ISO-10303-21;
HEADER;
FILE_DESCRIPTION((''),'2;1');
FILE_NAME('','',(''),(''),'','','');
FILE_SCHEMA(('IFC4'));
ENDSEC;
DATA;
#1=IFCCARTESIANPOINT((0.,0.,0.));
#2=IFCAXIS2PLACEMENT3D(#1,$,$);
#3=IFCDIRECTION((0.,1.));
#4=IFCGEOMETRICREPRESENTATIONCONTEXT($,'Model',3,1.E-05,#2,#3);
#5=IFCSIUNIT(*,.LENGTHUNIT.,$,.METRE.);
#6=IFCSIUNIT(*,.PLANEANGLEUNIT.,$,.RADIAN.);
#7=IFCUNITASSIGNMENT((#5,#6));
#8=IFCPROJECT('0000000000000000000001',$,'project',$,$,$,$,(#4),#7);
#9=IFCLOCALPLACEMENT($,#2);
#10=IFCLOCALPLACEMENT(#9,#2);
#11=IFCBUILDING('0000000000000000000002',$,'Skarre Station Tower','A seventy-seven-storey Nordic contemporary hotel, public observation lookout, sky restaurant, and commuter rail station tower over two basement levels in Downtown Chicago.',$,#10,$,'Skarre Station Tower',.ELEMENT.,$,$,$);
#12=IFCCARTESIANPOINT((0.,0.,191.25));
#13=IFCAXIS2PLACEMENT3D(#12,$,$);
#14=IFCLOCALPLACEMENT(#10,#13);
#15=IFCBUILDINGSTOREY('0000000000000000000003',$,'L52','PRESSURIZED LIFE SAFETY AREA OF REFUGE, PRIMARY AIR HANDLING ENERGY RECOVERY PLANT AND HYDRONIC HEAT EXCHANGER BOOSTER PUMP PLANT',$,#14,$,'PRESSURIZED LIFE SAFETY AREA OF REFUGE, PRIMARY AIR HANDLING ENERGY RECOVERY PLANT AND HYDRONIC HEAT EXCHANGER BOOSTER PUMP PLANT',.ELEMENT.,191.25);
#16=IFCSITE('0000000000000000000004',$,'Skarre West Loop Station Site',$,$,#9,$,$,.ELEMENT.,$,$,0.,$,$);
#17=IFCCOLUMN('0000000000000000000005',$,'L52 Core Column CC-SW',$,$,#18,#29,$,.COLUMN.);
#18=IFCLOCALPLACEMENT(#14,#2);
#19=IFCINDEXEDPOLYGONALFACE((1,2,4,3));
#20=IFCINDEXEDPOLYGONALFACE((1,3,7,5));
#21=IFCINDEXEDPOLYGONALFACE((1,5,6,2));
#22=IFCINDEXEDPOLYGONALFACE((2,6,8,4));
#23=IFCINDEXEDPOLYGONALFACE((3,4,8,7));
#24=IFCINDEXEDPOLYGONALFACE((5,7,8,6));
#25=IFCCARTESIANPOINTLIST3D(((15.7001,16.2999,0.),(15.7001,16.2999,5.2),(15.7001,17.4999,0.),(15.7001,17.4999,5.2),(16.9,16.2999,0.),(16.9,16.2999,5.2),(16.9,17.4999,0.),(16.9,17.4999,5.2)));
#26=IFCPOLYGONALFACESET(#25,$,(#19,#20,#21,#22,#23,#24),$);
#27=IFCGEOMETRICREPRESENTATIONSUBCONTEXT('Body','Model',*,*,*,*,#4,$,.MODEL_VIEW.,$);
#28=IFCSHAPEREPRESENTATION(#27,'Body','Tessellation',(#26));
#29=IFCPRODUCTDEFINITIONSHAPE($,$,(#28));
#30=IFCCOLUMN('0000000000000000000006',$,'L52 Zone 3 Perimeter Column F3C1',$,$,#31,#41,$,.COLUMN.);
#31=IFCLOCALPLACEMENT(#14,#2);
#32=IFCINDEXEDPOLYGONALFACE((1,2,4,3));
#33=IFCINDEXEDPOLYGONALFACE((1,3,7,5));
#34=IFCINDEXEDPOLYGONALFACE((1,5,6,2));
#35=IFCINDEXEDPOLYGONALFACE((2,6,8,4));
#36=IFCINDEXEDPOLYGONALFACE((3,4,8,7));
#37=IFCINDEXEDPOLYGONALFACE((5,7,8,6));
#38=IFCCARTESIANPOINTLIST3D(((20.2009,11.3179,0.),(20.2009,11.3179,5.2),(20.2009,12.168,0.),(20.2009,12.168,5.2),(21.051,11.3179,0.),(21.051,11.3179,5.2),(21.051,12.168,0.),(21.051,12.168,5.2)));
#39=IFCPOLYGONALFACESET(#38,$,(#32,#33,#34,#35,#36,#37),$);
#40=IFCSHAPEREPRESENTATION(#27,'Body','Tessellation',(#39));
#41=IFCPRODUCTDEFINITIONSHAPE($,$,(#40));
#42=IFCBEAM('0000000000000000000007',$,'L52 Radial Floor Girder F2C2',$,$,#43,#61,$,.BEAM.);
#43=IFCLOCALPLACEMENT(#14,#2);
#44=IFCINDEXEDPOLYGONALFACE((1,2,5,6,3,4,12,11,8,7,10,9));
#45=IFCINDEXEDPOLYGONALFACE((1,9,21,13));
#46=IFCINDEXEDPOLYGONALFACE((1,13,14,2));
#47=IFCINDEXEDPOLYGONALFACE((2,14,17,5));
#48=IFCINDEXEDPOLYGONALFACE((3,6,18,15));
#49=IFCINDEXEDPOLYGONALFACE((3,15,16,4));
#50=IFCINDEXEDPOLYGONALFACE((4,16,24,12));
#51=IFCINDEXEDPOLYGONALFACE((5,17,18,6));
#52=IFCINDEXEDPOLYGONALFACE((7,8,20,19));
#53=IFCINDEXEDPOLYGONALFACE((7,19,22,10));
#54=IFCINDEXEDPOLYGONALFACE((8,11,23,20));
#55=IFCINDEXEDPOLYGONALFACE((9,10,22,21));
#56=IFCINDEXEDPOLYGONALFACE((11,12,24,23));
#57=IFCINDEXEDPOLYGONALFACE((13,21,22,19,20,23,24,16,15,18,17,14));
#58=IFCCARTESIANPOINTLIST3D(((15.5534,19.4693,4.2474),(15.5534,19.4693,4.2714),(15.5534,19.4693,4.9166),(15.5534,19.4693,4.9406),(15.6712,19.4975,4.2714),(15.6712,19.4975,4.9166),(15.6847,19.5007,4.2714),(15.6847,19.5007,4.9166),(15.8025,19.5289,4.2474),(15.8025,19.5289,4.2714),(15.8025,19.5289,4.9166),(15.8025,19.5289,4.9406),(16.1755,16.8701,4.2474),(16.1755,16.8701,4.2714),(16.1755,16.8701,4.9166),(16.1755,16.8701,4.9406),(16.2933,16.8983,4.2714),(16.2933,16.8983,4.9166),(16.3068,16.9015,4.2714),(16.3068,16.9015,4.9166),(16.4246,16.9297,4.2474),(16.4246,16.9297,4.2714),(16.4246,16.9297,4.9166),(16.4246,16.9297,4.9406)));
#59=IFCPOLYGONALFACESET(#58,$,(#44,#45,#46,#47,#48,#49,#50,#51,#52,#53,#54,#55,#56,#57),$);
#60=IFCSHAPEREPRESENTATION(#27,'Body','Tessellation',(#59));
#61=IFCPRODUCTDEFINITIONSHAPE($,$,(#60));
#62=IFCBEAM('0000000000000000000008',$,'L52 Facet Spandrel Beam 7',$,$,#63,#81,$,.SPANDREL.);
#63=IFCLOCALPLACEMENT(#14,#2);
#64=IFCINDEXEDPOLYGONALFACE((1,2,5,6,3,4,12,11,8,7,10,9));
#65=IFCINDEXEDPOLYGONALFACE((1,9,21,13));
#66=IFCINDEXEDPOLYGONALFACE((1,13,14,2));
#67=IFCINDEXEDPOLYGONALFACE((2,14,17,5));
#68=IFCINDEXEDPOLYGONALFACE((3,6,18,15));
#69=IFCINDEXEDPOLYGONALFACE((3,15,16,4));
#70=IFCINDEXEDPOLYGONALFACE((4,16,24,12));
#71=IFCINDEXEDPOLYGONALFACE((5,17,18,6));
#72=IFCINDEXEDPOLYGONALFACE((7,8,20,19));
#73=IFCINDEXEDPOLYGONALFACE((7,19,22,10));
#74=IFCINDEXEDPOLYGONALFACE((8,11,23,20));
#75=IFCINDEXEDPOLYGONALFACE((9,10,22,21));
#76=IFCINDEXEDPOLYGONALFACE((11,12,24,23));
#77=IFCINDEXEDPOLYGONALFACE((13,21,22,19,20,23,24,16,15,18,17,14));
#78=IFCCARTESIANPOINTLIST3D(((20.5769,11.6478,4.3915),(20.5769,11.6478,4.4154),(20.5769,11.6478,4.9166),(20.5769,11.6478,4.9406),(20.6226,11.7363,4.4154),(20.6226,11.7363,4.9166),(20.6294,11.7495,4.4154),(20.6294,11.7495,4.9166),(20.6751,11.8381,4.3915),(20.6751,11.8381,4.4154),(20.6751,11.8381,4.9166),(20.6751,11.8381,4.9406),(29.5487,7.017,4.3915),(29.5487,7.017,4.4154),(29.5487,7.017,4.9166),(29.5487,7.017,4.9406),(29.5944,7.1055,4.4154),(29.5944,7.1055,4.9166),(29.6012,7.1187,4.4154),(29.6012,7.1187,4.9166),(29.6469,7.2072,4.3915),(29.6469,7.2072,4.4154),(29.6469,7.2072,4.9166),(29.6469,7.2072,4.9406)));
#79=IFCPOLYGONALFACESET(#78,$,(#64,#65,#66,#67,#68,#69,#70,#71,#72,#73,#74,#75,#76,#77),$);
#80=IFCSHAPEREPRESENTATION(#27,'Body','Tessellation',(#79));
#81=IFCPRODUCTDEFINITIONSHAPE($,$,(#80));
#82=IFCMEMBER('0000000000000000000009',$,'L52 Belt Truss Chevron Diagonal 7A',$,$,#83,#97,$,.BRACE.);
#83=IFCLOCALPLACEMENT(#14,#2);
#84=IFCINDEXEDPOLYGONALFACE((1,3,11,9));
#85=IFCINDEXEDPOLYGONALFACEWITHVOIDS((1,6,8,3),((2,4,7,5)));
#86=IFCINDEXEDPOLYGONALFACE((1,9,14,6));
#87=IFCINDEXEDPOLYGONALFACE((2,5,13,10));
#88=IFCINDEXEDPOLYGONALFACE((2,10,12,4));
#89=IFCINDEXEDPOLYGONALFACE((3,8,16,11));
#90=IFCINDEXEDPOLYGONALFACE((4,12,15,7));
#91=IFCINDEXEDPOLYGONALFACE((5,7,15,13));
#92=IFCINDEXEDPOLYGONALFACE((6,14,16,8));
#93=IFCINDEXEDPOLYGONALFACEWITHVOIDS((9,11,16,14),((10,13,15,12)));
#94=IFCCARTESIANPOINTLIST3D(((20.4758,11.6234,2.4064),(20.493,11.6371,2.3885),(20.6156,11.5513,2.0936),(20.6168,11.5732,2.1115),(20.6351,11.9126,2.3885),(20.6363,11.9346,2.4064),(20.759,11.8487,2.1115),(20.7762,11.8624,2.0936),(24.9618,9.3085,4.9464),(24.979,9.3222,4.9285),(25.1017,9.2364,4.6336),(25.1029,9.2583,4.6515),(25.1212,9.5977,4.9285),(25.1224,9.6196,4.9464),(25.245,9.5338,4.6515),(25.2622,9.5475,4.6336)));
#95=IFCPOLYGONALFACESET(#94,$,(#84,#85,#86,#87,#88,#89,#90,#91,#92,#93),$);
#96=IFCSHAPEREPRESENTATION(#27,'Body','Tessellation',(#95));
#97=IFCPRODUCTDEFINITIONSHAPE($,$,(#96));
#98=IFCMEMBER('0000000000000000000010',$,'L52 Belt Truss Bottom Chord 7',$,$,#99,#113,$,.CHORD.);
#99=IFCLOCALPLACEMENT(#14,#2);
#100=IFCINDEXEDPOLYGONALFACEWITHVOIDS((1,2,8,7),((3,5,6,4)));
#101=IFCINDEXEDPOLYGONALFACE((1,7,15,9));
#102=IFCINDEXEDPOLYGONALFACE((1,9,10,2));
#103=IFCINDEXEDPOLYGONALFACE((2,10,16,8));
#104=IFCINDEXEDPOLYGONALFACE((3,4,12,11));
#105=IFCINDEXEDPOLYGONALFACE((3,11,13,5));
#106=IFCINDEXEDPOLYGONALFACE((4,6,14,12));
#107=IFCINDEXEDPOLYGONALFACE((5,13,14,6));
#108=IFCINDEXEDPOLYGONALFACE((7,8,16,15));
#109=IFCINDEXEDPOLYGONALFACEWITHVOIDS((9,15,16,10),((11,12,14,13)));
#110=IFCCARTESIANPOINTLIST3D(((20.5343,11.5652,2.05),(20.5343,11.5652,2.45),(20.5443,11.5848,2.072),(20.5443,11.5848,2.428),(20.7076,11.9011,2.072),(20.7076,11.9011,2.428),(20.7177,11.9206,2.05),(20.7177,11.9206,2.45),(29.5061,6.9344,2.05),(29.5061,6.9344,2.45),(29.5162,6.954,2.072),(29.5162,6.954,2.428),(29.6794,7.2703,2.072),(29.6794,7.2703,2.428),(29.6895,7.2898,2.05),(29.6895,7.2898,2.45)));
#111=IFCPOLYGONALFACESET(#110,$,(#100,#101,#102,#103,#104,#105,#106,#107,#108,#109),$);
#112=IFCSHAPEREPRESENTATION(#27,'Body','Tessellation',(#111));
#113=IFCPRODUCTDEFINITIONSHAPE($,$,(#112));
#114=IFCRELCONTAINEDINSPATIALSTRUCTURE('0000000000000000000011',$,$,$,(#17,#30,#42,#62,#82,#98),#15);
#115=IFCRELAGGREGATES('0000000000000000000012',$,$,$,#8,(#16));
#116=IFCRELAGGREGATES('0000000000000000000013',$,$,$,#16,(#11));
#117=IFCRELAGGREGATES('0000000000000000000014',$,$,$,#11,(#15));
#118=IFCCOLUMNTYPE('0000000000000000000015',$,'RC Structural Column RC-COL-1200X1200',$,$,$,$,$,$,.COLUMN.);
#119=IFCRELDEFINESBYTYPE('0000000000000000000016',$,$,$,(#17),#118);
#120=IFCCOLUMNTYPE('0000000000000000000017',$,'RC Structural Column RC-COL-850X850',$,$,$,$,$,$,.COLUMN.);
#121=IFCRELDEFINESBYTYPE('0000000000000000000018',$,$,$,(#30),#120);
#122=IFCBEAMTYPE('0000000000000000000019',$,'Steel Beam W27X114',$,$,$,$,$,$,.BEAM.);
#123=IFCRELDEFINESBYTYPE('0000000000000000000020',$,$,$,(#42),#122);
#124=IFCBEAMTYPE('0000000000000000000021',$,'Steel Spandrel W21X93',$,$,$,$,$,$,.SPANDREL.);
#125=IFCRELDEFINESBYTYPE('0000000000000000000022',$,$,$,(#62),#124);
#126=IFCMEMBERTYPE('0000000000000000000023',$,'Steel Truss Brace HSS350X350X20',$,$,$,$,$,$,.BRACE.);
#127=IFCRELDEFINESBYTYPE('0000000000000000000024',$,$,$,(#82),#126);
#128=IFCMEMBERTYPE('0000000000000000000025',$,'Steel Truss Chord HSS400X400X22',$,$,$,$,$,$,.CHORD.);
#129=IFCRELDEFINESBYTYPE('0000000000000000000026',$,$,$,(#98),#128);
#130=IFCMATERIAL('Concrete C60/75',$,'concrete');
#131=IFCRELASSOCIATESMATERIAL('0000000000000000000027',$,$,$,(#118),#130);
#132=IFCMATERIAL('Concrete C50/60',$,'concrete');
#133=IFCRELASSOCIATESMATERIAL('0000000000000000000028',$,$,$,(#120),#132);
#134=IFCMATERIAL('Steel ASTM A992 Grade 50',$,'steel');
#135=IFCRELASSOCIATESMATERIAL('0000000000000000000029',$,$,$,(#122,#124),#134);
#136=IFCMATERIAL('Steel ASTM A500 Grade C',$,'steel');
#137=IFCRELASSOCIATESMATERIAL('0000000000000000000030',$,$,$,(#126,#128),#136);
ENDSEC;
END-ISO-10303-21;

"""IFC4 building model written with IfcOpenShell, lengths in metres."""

from ifc_helpers import new_model, si_unit, direction, frame, origin, origin_2d, place, context, subcontext, project, spatial, rectangle, hollow_rectangle, i_section, extrude, material, material_profile, profile_set, type_object, element, save


model = new_model("IFC4")

# Units and contexts
model_context = context("Model", 3, precision=1e-05, world=origin(), true_north=direction((0.0, 1.0)))
body_context = subcontext(model_context, "Body", "Model", "MODEL_VIEW")
ifc_project = project(units=[si_unit("LENGTHUNIT", "METRE"), si_unit("PLANEANGLEUNIT", "RADIAN")], contexts=[model_context])

# Site, building, storey
site_placement = place(None, origin())
site = spatial("IfcSite", under=ifc_project, at=site_placement, Name="Skarre West Loop Station Site", CompositionType="ELEMENT", RefElevation=0.0)
building_placement = place(site_placement, origin())
building = spatial("IfcBuilding", under=site, at=building_placement, Name="Skarre Station Tower", Description="A seventy-seven-storey Nordic contemporary hotel, public observation lookout, sky restaurant, and commuter rail station tower over two basement levels in Downtown Chicago.", LongName="Skarre Station Tower", CompositionType="ELEMENT")
storey_placement = place(building_placement, frame((0.0, 0.0, 191.25)))
storey = spatial("IfcBuildingStorey", under=building, at=storey_placement, Name="L52", Description="PRESSURIZED LIFE SAFETY AREA OF REFUGE, PRIMARY AIR HANDLING ENERGY RECOVERY PLANT AND HYDRONIC HEAT EXCHANGER BOOSTER PUMP PLANT", LongName="PRESSURIZED LIFE SAFETY AREA OF REFUGE, PRIMARY AIR HANDLING ENERGY RECOVERY PLANT AND HYDRONIC HEAT EXCHANGER BOOSTER PUMP PLANT", CompositionType="ELEMENT", Elevation=191.25)

# Columns
ifc_material_1 = material(Name="Concrete C60/75", Category="concrete")
ifc_material_profile_1 = material_profile(ifc_material_1, rectangle(XDim=1.2, YDim=1.2, at=origin_2d()), Name="Concrete C60/75")
ifc_profile_set_1 = profile_set([ifc_material_profile_1], Name="Concrete C60/75")
column_type_1 = type_object("IfcColumnType", Name="RC Structural Column RC-COL-1200X1200", PredefinedType="COLUMN", material=ifc_profile_set_1)
column_1_placement = place(storey_placement, frame((16.3, 16.8999, 0.0), z_axis=(0.0, 0.0, 1.0), x_axis=(1.0, 0.0, 0.0)))
element("IfcColumn", 1, at=column_1_placement, inside=storey, type_object=column_type_1, Name="L52 Core Column CC-SW", PredefinedType="COLUMN", context=body_context, shape_type="SweptSolid", body=[
    extrude(rectangle(XDim=1.2, YDim=1.2, at=origin_2d()), origin(), (0.0, 0.0, 1.0), 5.2),
])
ifc_material_2 = material(Name="Concrete C50/60", Category="concrete")
ifc_material_profile_2 = material_profile(ifc_material_2, rectangle(XDim=0.8501, YDim=0.8501, at=origin_2d()), Name="Concrete C50/60")
ifc_profile_set_2 = profile_set([ifc_material_profile_2], Name="Concrete C50/60")
column_type_2 = type_object("IfcColumnType", Name="RC Structural Column RC-COL-850X850", PredefinedType="COLUMN", material=ifc_profile_set_2)
column_2_placement = place(storey_placement, frame((20.626, 11.7429, 0.0), z_axis=(0.0, 0.0, 1.0), x_axis=(1.0, 0.0, 0.0)))
element("IfcColumn", 2, at=column_2_placement, inside=storey, type_object=column_type_2, Name="L52 Zone 3 Perimeter Column F3C1", PredefinedType="COLUMN", context=body_context, shape_type="SweptSolid", body=[
    extrude(rectangle(XDim=0.8501, YDim=0.8501, at=origin_2d()), origin(), (0.0, 0.0, 1.0), 5.2),
])

# Beams
ifc_material_3 = material(Name="Steel ASTM A992 Grade 50", Category="steel")
ifc_material_profile_3 = material_profile(ifc_material_3, i_section(OverallWidth=0.2561, OverallDepth=0.6931, WebThickness=0.0139, FlangeThickness=0.0239, at=origin_2d()), Name="Steel ASTM A992 Grade 50")
ifc_profile_set_3 = profile_set([ifc_material_profile_3], Name="Steel ASTM A992 Grade 50")
beam_type_1 = type_object("IfcBeamType", Name="Steel Beam W27X114", PredefinedType="BEAM", material=ifc_profile_set_3)
beam_1_placement = place(storey_placement, frame((16.3, 16.8999, 4.594), z_axis=(-0.232765, 0.972533, 0.0), x_axis=(-0.972533, -0.232765, 0.0)))
element("IfcBeam", 3, at=beam_1_placement, inside=storey, type_object=beam_type_1, Name="L52 Radial Floor Girder F2C2", PredefinedType="BEAM", context=body_context, shape_type="SweptSolid", body=[
    extrude(i_section(OverallWidth=0.2561, OverallDepth=0.6931, WebThickness=0.0139, FlangeThickness=0.0239, at=origin_2d()), origin(), (0.0, 0.0, 1.0), 2.6726),
])
ifc_material_profile_4 = material_profile(ifc_material_3, i_section(OverallWidth=0.2141, OverallDepth=0.5491, WebThickness=0.0149, FlangeThickness=0.0239, at=origin_2d()), Name="Steel ASTM A992 Grade 50")
ifc_profile_set_4 = profile_set([ifc_material_profile_4], Name="Steel ASTM A992 Grade 50")
beam_type_2 = type_object("IfcBeamType", Name="Steel Spandrel W21X93", PredefinedType="SPANDREL", material=ifc_profile_set_4)
beam_2_placement = place(storey_placement, frame((20.626, 11.7429, 4.666), z_axis=(0.888613, -0.458658, 0.0), x_axis=(0.458658, 0.888613, 0.0)))
element("IfcBeam", 4, at=beam_2_placement, inside=storey, type_object=beam_type_2, Name="L52 Facet Spandrel Beam 7", PredefinedType="SPANDREL", context=body_context, shape_type="SweptSolid", body=[
    extrude(i_section(OverallWidth=0.2141, OverallDepth=0.5491, WebThickness=0.0149, FlangeThickness=0.0239, at=origin_2d()), origin(), (0.0, 0.0, 1.0), 10.0964),
])

# Members
ifc_material_4 = material(Name="Steel ASTM A500 Grade C", Category="steel")
ifc_material_profile_5 = material_profile(ifc_material_4, hollow_rectangle(XDim=0.3501, YDim=0.3501, WallThickness=0.02, at=origin_2d()), Name="Steel ASTM A500 Grade C")
ifc_profile_set_5 = profile_set([ifc_material_profile_5], Name="Steel ASTM A500 Grade C")
member_type_1 = type_object("IfcMemberType", Name="Steel Truss Brace HSS350X350X20", PredefinedType="BRACE", material=ifc_profile_set_5)
member_1_placement = place(storey_placement, frame((20.626, 11.7429, 2.25), z_axis=(0.793833, -0.409639, 0.449472), x_axis=(0.458571, 0.888658, 0.0)))
element("IfcMember", 5, at=member_1_placement, inside=storey, type_object=member_type_1, Name="L52 Belt Truss Chevron Diagonal 7A", PredefinedType="BRACE", context=body_context, shape_type="SweptSolid", body=[
    extrude(hollow_rectangle(XDim=0.3501, YDim=0.3501, WallThickness=0.02, at=origin_2d()), origin(), (0.0, 0.0, 1.0), 5.6511),
])
ifc_material_profile_6 = material_profile(ifc_material_4, hollow_rectangle(XDim=0.3999, YDim=0.3999, WallThickness=0.022, at=origin_2d()), Name="Steel ASTM A500 Grade C")
ifc_profile_set_6 = profile_set([ifc_material_profile_6], Name="Steel ASTM A500 Grade C")
member_type_2 = type_object("IfcMemberType", Name="Steel Truss Chord HSS400X400X22", PredefinedType="CHORD", material=ifc_profile_set_6)
member_2_placement = place(storey_placement, frame((20.626, 11.7429, 2.25), z_axis=(0.888613, -0.458658, 0.0), x_axis=(0.458658, 0.888613, 0.0)))
element("IfcMember", 6, at=member_2_placement, inside=storey, type_object=member_type_2, Name="L52 Belt Truss Bottom Chord 7", PredefinedType="CHORD", context=body_context, shape_type="SweptSolid", body=[
    extrude(hollow_rectangle(XDim=0.3999, YDim=0.3999, WallThickness=0.022, at=origin_2d()), origin(), (0.0, 0.0, 1.0), 10.0964),
])

save(model, "model.ifc")
